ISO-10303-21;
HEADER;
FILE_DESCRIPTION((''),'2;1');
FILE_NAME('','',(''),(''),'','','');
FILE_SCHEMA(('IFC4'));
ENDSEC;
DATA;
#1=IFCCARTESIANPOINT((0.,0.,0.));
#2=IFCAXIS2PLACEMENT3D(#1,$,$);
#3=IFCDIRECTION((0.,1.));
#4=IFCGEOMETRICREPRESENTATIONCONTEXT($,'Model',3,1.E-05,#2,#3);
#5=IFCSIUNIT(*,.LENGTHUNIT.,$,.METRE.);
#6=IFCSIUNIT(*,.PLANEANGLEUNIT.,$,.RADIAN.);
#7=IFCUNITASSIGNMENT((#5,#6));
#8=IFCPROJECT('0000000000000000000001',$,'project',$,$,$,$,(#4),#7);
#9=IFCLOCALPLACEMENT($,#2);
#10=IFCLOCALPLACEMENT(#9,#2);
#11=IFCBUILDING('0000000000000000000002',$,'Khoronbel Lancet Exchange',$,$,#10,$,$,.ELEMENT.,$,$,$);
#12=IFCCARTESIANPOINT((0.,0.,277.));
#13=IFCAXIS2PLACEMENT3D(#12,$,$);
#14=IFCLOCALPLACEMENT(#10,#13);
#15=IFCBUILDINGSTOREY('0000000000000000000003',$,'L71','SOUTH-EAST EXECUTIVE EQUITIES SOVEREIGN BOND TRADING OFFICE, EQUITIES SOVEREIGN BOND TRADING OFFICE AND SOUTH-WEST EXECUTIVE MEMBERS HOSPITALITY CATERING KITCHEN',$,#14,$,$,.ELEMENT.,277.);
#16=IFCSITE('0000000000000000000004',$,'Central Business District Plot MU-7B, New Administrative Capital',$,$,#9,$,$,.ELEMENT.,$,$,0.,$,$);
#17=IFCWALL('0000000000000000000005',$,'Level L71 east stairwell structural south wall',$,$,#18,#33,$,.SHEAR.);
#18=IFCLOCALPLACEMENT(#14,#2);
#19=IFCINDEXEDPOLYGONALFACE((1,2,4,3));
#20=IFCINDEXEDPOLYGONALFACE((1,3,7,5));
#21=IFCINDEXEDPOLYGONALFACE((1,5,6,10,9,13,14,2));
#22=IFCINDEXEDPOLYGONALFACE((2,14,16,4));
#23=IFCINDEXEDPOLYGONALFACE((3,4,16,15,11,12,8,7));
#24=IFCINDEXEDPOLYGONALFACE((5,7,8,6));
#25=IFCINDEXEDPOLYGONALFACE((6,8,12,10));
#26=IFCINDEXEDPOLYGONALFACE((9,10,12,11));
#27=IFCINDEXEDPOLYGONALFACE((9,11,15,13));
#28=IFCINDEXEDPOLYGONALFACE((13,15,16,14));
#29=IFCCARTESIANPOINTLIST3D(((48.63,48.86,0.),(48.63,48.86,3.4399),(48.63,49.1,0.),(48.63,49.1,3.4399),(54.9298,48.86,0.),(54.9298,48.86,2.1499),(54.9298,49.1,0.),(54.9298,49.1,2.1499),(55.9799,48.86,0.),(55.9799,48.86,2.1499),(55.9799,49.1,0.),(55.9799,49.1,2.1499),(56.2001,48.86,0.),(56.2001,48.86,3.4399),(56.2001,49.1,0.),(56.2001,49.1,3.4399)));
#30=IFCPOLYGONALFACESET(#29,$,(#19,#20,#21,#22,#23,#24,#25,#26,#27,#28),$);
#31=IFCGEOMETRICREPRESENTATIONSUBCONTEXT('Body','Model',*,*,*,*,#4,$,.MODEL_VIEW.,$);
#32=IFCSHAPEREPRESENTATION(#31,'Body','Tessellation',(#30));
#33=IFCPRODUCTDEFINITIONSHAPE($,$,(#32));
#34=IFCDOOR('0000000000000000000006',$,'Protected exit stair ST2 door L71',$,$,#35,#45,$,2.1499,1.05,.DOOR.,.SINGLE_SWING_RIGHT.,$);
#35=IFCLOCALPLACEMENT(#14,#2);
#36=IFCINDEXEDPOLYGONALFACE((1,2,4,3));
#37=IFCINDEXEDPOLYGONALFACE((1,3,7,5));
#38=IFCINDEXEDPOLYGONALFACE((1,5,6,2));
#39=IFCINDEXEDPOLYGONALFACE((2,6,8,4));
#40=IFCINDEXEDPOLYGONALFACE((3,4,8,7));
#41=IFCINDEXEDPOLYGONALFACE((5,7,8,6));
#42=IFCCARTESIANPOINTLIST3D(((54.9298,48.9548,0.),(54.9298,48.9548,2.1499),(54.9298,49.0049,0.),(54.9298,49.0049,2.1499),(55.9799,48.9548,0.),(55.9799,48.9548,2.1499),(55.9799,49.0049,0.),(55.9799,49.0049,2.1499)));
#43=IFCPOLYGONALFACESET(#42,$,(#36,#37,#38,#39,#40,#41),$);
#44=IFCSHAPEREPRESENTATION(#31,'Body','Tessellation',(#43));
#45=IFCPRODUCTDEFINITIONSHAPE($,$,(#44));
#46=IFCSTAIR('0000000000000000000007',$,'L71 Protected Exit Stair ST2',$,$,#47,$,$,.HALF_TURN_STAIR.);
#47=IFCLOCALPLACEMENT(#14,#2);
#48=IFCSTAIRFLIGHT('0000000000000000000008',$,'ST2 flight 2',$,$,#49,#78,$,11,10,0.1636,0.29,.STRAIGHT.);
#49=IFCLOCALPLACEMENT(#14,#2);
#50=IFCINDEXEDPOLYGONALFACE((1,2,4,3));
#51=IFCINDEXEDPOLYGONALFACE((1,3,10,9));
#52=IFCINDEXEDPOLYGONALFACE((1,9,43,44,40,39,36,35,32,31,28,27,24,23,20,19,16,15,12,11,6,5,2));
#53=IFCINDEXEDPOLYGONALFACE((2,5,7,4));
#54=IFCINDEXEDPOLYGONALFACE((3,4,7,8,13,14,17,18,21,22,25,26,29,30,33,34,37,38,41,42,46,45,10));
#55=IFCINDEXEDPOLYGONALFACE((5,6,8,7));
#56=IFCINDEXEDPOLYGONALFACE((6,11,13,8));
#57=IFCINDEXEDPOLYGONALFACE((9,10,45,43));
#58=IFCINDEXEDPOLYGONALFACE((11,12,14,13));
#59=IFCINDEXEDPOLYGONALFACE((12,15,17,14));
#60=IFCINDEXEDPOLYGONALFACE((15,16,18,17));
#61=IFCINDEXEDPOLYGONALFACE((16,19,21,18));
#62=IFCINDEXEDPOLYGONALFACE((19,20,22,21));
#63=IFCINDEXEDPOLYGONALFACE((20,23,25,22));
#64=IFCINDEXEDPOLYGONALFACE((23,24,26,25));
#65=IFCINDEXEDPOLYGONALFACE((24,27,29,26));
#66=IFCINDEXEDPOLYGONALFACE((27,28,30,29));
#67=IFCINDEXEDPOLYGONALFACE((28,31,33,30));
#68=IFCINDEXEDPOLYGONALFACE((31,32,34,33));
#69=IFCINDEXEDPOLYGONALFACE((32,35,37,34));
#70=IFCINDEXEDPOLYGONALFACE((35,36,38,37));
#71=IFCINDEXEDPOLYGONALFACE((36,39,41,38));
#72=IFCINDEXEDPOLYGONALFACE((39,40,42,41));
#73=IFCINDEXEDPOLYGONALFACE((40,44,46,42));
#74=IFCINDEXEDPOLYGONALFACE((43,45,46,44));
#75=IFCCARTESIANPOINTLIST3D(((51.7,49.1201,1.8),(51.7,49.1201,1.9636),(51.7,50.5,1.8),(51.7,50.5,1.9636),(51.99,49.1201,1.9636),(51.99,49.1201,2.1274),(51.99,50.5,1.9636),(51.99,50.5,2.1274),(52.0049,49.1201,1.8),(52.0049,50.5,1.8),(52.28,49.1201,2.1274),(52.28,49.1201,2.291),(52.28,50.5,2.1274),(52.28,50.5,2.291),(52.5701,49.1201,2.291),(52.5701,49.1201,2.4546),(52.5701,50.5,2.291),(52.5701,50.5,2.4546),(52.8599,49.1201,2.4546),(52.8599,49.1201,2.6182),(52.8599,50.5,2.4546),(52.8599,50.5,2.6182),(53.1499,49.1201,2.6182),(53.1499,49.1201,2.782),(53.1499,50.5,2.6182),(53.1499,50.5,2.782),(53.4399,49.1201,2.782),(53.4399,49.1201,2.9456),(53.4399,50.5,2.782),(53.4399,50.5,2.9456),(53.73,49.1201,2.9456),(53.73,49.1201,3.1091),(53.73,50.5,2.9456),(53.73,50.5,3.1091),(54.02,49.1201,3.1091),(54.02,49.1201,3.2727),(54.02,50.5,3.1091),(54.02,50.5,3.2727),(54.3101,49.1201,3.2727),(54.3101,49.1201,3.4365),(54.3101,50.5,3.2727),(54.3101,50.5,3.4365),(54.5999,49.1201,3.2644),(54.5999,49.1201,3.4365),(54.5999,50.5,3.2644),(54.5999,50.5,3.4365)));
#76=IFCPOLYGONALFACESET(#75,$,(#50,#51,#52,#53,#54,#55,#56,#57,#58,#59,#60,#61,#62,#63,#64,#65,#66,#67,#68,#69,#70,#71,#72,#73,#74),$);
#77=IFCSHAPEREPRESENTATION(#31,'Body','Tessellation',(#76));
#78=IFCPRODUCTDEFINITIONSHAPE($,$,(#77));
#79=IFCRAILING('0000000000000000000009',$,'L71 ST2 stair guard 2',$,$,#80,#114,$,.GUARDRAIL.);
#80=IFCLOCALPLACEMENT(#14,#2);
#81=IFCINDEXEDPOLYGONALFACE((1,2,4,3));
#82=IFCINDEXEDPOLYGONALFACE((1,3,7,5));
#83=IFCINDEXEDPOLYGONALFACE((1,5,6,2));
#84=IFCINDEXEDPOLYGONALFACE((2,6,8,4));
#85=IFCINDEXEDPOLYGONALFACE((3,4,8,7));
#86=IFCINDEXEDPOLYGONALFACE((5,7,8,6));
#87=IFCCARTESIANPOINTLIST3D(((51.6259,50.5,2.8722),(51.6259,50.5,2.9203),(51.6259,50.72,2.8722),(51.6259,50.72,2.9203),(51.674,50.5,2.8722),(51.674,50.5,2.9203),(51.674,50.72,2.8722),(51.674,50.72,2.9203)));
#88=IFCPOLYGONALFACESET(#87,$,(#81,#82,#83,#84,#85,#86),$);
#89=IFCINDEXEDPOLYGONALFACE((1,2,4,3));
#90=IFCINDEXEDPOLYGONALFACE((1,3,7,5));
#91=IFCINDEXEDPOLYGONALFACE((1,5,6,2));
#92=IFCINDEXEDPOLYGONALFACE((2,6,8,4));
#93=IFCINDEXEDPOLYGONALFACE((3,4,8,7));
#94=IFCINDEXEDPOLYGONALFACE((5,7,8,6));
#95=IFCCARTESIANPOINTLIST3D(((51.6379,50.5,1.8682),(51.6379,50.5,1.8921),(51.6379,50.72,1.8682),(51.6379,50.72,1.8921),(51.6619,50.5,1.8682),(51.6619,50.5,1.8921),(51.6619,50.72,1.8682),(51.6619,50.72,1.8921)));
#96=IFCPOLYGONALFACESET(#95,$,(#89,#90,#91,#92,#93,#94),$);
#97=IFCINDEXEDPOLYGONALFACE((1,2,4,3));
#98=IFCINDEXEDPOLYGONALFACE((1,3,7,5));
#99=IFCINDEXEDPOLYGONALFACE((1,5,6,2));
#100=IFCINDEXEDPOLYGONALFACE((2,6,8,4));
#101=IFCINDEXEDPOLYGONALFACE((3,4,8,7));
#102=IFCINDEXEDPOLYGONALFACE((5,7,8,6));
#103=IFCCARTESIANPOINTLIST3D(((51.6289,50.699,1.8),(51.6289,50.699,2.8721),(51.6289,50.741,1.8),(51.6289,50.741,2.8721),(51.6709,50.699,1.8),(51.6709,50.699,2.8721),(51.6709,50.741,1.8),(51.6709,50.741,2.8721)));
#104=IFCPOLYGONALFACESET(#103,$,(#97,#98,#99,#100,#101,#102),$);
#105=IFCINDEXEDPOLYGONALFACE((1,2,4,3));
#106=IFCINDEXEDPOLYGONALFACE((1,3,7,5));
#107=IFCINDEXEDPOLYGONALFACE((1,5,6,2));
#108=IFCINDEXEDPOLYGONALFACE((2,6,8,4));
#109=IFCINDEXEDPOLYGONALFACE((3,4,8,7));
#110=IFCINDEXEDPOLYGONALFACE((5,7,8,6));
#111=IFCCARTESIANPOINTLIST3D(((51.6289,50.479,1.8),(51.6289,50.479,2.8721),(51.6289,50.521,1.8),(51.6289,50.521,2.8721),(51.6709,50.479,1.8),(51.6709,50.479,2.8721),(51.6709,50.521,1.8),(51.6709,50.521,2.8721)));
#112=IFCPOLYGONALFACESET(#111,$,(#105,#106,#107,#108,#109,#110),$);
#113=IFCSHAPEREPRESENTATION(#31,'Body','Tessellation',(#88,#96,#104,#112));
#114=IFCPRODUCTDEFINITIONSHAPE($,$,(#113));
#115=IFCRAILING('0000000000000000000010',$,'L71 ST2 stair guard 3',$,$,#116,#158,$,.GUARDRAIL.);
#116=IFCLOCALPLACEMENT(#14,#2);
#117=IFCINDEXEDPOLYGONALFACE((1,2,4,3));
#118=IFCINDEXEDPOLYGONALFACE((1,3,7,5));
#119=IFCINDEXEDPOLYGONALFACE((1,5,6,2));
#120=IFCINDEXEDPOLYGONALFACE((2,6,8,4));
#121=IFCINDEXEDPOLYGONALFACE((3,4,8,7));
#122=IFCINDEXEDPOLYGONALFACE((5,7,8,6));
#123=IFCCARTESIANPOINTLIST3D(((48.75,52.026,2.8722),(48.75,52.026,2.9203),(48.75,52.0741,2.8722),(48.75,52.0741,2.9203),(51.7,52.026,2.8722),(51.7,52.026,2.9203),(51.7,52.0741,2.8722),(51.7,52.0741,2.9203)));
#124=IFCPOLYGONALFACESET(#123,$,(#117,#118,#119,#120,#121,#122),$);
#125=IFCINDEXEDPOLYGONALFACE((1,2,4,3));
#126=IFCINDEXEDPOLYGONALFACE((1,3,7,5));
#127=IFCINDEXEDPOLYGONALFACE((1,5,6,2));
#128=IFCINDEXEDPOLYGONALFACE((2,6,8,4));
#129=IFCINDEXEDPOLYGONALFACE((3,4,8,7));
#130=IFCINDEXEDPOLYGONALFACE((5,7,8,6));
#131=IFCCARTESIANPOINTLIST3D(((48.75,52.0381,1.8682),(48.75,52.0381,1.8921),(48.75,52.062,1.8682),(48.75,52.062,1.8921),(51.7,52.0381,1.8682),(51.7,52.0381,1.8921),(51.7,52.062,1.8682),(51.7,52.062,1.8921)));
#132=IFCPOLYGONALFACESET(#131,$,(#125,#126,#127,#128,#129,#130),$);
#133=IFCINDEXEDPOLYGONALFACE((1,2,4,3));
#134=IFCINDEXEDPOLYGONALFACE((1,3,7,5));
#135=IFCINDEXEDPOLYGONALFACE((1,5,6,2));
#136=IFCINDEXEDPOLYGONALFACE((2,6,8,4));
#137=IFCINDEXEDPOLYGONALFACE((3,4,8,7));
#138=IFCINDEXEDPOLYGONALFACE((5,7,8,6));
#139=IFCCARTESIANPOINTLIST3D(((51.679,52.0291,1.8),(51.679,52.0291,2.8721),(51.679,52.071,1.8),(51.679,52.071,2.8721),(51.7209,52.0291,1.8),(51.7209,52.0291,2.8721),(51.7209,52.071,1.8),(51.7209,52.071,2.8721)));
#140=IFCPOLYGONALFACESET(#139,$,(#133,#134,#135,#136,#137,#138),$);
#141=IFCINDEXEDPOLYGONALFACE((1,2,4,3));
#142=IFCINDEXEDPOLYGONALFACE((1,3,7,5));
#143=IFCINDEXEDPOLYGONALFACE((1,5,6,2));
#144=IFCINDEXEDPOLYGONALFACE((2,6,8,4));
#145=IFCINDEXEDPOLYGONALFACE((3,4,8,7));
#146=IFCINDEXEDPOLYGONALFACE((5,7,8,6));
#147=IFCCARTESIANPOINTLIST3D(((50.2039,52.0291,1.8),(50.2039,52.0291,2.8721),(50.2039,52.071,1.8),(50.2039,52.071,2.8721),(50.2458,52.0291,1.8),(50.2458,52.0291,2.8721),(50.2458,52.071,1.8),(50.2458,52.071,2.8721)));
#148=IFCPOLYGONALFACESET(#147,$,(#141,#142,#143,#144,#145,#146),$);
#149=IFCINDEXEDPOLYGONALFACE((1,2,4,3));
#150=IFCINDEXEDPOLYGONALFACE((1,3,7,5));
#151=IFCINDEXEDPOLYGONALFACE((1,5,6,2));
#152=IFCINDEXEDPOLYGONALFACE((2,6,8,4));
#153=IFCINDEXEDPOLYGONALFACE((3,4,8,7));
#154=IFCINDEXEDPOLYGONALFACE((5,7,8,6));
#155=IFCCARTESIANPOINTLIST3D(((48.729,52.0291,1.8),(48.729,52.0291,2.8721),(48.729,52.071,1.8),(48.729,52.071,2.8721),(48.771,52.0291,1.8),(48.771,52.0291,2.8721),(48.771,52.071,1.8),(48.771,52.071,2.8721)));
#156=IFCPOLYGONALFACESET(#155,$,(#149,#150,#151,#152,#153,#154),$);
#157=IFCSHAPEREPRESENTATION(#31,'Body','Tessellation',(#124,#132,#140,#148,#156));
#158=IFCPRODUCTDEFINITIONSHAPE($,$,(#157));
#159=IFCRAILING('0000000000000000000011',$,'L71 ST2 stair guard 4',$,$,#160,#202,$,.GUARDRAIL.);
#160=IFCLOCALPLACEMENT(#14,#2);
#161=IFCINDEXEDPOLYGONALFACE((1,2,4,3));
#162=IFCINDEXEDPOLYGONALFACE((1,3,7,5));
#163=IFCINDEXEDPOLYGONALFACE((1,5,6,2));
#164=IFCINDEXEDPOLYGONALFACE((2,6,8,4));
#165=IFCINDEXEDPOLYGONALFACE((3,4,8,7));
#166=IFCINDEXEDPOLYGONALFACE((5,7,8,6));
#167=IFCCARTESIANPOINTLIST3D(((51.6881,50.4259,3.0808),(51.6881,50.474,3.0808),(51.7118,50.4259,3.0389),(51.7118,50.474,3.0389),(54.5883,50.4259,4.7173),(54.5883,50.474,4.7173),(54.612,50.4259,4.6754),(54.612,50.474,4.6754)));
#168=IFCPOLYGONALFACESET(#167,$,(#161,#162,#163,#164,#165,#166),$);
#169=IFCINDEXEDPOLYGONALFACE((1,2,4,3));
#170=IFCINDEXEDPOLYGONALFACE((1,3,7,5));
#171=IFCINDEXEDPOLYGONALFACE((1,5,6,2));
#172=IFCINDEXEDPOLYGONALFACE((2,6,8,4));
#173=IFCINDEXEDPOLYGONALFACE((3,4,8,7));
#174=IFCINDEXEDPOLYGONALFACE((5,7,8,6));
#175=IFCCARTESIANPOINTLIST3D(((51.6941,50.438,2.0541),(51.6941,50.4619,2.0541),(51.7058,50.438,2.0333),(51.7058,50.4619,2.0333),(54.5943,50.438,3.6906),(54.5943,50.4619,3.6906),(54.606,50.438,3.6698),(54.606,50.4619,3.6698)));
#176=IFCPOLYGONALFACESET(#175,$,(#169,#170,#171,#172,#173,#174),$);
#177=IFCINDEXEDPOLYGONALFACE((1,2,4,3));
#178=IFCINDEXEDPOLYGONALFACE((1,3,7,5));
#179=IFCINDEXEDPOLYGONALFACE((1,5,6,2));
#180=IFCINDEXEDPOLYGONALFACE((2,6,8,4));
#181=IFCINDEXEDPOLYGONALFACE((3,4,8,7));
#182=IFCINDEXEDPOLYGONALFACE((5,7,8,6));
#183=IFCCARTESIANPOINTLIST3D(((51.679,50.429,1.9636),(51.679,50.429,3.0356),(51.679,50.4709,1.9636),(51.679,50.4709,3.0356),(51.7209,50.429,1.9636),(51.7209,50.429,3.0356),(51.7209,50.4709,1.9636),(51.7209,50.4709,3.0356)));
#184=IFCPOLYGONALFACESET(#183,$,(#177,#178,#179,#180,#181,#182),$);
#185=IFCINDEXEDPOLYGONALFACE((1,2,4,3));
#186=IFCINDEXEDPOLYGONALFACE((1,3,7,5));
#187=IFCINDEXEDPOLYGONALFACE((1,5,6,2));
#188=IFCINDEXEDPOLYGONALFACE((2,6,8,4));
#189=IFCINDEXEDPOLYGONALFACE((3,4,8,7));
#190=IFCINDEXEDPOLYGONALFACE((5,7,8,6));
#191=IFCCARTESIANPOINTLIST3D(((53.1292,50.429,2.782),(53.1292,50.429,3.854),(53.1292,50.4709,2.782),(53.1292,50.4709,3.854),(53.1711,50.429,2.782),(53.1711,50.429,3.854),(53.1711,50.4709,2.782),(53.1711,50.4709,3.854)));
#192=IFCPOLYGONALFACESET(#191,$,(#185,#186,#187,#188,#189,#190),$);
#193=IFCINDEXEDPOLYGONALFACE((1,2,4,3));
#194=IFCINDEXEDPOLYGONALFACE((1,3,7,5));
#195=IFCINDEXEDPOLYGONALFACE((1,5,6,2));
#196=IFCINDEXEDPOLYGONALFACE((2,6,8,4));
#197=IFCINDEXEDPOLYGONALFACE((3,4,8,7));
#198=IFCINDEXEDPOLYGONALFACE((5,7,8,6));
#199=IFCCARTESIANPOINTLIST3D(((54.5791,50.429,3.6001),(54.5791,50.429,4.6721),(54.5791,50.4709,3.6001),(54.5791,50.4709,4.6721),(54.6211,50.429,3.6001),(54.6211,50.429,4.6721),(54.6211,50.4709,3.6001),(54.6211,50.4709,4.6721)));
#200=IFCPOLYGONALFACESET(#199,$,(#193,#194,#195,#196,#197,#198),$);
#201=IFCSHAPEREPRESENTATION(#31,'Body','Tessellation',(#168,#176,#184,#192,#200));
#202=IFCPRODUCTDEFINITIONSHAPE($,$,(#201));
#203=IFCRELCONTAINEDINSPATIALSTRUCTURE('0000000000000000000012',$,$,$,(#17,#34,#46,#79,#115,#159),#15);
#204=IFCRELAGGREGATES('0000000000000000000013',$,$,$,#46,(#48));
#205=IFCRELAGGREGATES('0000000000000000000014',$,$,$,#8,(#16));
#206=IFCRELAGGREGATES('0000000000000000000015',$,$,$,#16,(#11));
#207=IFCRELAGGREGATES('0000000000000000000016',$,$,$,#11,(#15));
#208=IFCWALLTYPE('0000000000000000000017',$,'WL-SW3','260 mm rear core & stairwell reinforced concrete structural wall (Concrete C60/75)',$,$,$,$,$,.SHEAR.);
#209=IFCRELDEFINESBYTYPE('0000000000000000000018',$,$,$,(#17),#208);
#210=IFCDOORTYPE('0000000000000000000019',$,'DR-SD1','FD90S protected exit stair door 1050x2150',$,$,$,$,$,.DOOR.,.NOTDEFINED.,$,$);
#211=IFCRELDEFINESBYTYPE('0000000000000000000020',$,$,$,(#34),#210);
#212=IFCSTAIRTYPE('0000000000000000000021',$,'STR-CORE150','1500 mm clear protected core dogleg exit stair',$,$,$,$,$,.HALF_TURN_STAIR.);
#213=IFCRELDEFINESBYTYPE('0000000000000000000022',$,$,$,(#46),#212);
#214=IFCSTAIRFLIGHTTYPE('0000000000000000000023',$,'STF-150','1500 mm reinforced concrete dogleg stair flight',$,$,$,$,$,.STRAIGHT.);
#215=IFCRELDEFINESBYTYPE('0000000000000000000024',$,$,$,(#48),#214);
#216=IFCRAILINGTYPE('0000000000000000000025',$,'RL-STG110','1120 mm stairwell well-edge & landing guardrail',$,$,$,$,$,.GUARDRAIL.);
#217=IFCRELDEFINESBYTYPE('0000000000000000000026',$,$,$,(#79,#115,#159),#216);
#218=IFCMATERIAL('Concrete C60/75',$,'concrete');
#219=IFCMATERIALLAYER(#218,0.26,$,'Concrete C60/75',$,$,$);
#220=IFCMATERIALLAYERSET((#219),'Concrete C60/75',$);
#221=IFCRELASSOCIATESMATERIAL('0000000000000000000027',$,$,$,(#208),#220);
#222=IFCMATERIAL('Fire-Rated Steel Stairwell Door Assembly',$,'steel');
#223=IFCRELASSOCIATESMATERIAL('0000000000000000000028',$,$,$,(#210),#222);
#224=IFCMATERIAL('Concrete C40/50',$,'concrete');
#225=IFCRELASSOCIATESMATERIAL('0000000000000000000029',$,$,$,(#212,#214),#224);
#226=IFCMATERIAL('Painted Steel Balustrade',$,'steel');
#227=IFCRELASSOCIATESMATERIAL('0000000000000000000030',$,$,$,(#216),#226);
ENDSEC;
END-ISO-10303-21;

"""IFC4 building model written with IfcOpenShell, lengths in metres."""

from ifc_helpers import new_model, si_unit, direction, frame, frame_2d, origin, origin_2d, place, context, subcontext, project, spatial, polyline, rectangle, outline, extrude, material, layer, layer_set, type_object, element, fill, aggregate, save


model = new_model("IFC4")

# Units and contexts
model_context = context("Model", 3, precision=1e-05, world=origin(), true_north=direction((0.0, 1.0)))
body_context = subcontext(model_context, "Body", "Model", "MODEL_VIEW")
ifc_project = project(units=[si_unit("LENGTHUNIT", "METRE"), si_unit("PLANEANGLEUNIT", "RADIAN")], contexts=[model_context])

# Site, building, storey
site_placement = place(None, origin())
site = spatial("IfcSite", under=ifc_project, at=site_placement, Name="Central Business District Plot MU-7B, New Administrative Capital", CompositionType="ELEMENT", RefElevation=0.0)
building_placement = place(site_placement, origin())
building = spatial("IfcBuilding", under=site, at=building_placement, Name="Khoronbel Lancet Exchange", CompositionType="ELEMENT")
storey_placement = place(building_placement, frame((0.0, 0.0, 277.0)))
storey = spatial("IfcBuildingStorey", under=building, at=storey_placement, Name="L71", Description="SOUTH-EAST EXECUTIVE EQUITIES SOVEREIGN BOND TRADING OFFICE, EQUITIES SOVEREIGN BOND TRADING OFFICE AND SOUTH-WEST EXECUTIVE MEMBERS HOSPITALITY CATERING KITCHEN", CompositionType="ELEMENT", Elevation=277.0)

# Shared definitions
ifc_material_1 = material(Name="Concrete C60/75", Category="concrete")

# Wall, opening, door
ifc_layer_1 = layer(ifc_material_1, 0.26, Name="Concrete C60/75")
ifc_layer_set_1 = layer_set([ifc_layer_1], Name="Concrete C60/75")
wall_type_1 = type_object("IfcWallType", Name="WL-SW3", Description="260 mm rear core & stairwell reinforced concrete structural wall (Concrete C60/75)", PredefinedType="SHEAR", material=ifc_layer_set_1)
wall_1_placement = place(storey_placement, frame((48.6299, 48.98, 0.0), z_axis=(0.0, 0.0, 1.0), x_axis=(1.0, 0.0, 0.0)))
wall_1 = element("IfcWall", 1, at=wall_1_placement, inside=storey, type_object=wall_type_1, Name="Level L71 east stairwell structural south wall", PredefinedType="SHEAR", context=body_context, shape_type="SweptSolid", body=[
    extrude(rectangle(XDim=7.5701, YDim=0.24, at=frame_2d((3.7852, 0.0))), origin(), (0.0, 0.0, 1.0), 3.4399),
])
opening_1_placement = place(wall_1_placement, frame((6.3, 0.0, 0.0)))
opening_1 = element("IfcOpeningElement", 2, at=opening_1_placement, cuts=wall_1, PredefinedType="OPENING", context=body_context, shape_type="SweptSolid", body=[
    extrude(rectangle(XDim=1.05, YDim=2.1499, at=frame_2d((0.5249, 1.075))), frame((0.0, 0.1299, 0.0), z_axis=(0.0, -1.0, 0.0), x_axis=(1.0, 0.0, 0.0)), (0.0, 0.0, 1.0), 0.26),
])
ifc_material_2 = material(Name="Fire-Rated Steel Stairwell Door Assembly", Category="steel")
door_type_1 = type_object("IfcDoorType", Name="DR-SD1", Description="FD90S protected exit stair door 1050x2150", OperationType="NOTDEFINED", PredefinedType="DOOR", material=ifc_material_2)
door_1_placement = place(opening_1_placement, origin())
door_1 = element("IfcDoor", 3, at=door_1_placement, inside=storey, type_object=door_type_1, Name="Protected exit stair ST2 door L71", OperationType="SINGLE_SWING_RIGHT", OverallHeight=2.1499, OverallWidth=1.05, PredefinedType="DOOR", context=body_context, shape_type="SweptSolid", body=[
    extrude(rectangle(XDim=1.05, YDim=2.1499, at=frame_2d((0.5249, 1.075))), frame((0.0, 0.0249, 0.0), z_axis=(0.0, -1.0, 0.0), x_axis=(1.0, 0.0, 0.0)), (0.0, 0.0, 1.0), 0.05),
])
fill(opening_1, door_1)

# Stair, stair flight
ifc_material_3 = material(Name="Concrete C40/50", Category="concrete")
stair_type = type_object("IfcStairType", Name="STR-CORE150", Description="1500 mm clear protected core dogleg exit stair", PredefinedType="HALF_TURN_STAIR", material=ifc_material_3)
stair_placement = place(storey_placement, origin())
stair = element("IfcStair", 4, at=stair_placement, inside=storey, type_object=stair_type, Name="L71 Protected Exit Stair ST2", PredefinedType="HALF_TURN_STAIR")
stair_flight_type = type_object("IfcStairFlightType", Name="STF-150", Description="1500 mm reinforced concrete dogleg stair flight", PredefinedType="STRAIGHT", material=ifc_material_3)
stair_flight_placement = place(storey_placement, frame((51.7, 49.8101, 1.8), z_axis=(0.0, 0.0, 1.0), x_axis=(1.0, 0.0, 0.0)))
stair_flight = element("IfcStairFlight", 5, at=stair_flight_placement, type_object=stair_flight_type, Name="ST2 flight 2", NumberOfRisers=11, NumberOfTreads=10, PredefinedType="STRAIGHT", RiserHeight=0.1636, TreadLength=0.29, context=body_context, shape_type="SweptSolid", body=[
    extrude(outline(polyline([(0.0, 0.0), (0.0, 0.1636), (0.29, 0.1636), (0.29, 0.3274), (0.5801, 0.3274), (0.5801, 0.491), (0.8701, 0.491), (0.8701, 0.6545), (1.1599, 0.6545), (1.1599, 0.8181), (1.45, 0.8181), (1.45, 0.9819), (1.74, 0.9819), (1.74, 1.1455), (2.03, 1.1455), (2.03, 1.3091), (2.3201, 1.3091), (2.3201, 1.4727), (2.6101, 1.4727), (2.6101, 1.6365), (2.8999, 1.6365), (2.8999, 1.8), (2.8999, 1.4644), (0.3049, 0.0), (0.0, 0.0)])), frame((0.0, 0.6899, 0.0), z_axis=(0.0, -1.0, 0.0), x_axis=(1.0, 0.0, 0.0)), (0.0, 0.0, 1.0), 1.3799),
])
aggregate(stair, [stair_flight])

# Railings
ifc_material_4 = material(Name="Painted Steel Balustrade", Category="steel")
railing_type_1 = type_object("IfcRailingType", Name="RL-STG110", Description="1120 mm stairwell well-edge & landing guardrail", PredefinedType="GUARDRAIL", material=ifc_material_4)
railing_1_placement = place(storey_placement, frame((51.6499, 50.72, 1.8)))
element("IfcRailing", 6, at=railing_1_placement, inside=storey, type_object=railing_type_1, Name="L71 ST2 stair guard 2", PredefinedType="GUARDRAIL", context=body_context, shape_type="SweptSolid", body=[
    extrude(rectangle(XDim=0.0481, YDim=0.0481, at=origin_2d()), frame((0.0, 0.0, 1.0962), z_axis=(0.0, -1.0, 0.0), x_axis=(1.0, 0.0, 0.0)), (0.0, 0.0, 1.0), 0.22),
    extrude(rectangle(XDim=0.0239, YDim=0.0239, at=origin_2d()), frame((0.0, 0.0, 0.0801), z_axis=(0.0, -1.0, 0.0), x_axis=(1.0, 0.0, 0.0)), (0.0, 0.0, 1.0), 0.22),
    extrude(rectangle(XDim=0.042, YDim=0.042, at=origin_2d()), origin(), (0.0, 0.0, 1.0), 1.072),
    extrude(rectangle(XDim=0.042, YDim=0.042, at=origin_2d()), frame((0.0, -0.22, 0.0)), (0.0, 0.0, 1.0), 1.072),
])
railing_2_placement = place(storey_placement, frame((51.7, 52.05, 1.8)))
element("IfcRailing", 7, at=railing_2_placement, inside=storey, type_object=railing_type_1, Name="L71 ST2 stair guard 3", PredefinedType="GUARDRAIL", context=body_context, shape_type="SweptSolid", body=[
    extrude(rectangle(XDim=0.0481, YDim=0.0481, at=origin_2d()), frame((0.0, 0.0, 1.0962), z_axis=(-1.0, 0.0, 0.0), x_axis=(0.0, -1.0, 0.0)), (0.0, 0.0, 1.0), 2.95),
    extrude(rectangle(XDim=0.0239, YDim=0.0239, at=origin_2d()), frame((0.0, 0.0, 0.0801), z_axis=(-1.0, 0.0, 0.0), x_axis=(0.0, -1.0, 0.0)), (0.0, 0.0, 1.0), 2.95),
    extrude(rectangle(XDim=0.042, YDim=0.042, at=origin_2d()), origin(), (0.0, 0.0, 1.0), 1.072),
    extrude(rectangle(XDim=0.042, YDim=0.042, at=origin_2d()), frame((-1.4751, 0.0, 0.0)), (0.0, 0.0, 1.0), 1.072),
    extrude(rectangle(XDim=0.042, YDim=0.042, at=origin_2d()), frame((-2.95, 0.0, 0.0)), (0.0, 0.0, 1.0), 1.072),
])
railing_3_placement = place(storey_placement, frame((51.7, 50.45, 1.9636)))
element("IfcRailing", 8, at=railing_3_placement, inside=storey, type_object=railing_type_1, Name="L71 ST2 stair guard 4", PredefinedType="GUARDRAIL", context=body_context, shape_type="SweptSolid", body=[
    extrude(rectangle(XDim=0.0481, YDim=0.0481, at=origin_2d()), frame((0.0, 0.0, 1.0962), z_axis=(0.870915, 0.0, 0.491434), x_axis=(0.0, 1.0, 0.0)), (0.0, 0.0, 1.0), 3.3301),
    extrude(rectangle(XDim=0.0239, YDim=0.0239, at=origin_2d()), frame((0.0, 0.0, 0.0801), z_axis=(0.870915, 0.0, 0.491434), x_axis=(0.0, 1.0, 0.0)), (0.0, 0.0, 1.0), 3.3301),
    extrude(rectangle(XDim=0.042, YDim=0.042, at=origin_2d()), origin(), (0.0, 0.0, 1.0), 1.072),
    extrude(rectangle(XDim=0.042, YDim=0.042, at=origin_2d()), frame((1.4502, 0.0, 0.8184)), (0.0, 0.0, 1.0), 1.072),
    extrude(rectangle(XDim=0.042, YDim=0.042, at=origin_2d()), frame((2.9001, 0.0, 1.6365)), (0.0, 0.0, 1.0), 1.072),
])

save(model, "model.ifc")
